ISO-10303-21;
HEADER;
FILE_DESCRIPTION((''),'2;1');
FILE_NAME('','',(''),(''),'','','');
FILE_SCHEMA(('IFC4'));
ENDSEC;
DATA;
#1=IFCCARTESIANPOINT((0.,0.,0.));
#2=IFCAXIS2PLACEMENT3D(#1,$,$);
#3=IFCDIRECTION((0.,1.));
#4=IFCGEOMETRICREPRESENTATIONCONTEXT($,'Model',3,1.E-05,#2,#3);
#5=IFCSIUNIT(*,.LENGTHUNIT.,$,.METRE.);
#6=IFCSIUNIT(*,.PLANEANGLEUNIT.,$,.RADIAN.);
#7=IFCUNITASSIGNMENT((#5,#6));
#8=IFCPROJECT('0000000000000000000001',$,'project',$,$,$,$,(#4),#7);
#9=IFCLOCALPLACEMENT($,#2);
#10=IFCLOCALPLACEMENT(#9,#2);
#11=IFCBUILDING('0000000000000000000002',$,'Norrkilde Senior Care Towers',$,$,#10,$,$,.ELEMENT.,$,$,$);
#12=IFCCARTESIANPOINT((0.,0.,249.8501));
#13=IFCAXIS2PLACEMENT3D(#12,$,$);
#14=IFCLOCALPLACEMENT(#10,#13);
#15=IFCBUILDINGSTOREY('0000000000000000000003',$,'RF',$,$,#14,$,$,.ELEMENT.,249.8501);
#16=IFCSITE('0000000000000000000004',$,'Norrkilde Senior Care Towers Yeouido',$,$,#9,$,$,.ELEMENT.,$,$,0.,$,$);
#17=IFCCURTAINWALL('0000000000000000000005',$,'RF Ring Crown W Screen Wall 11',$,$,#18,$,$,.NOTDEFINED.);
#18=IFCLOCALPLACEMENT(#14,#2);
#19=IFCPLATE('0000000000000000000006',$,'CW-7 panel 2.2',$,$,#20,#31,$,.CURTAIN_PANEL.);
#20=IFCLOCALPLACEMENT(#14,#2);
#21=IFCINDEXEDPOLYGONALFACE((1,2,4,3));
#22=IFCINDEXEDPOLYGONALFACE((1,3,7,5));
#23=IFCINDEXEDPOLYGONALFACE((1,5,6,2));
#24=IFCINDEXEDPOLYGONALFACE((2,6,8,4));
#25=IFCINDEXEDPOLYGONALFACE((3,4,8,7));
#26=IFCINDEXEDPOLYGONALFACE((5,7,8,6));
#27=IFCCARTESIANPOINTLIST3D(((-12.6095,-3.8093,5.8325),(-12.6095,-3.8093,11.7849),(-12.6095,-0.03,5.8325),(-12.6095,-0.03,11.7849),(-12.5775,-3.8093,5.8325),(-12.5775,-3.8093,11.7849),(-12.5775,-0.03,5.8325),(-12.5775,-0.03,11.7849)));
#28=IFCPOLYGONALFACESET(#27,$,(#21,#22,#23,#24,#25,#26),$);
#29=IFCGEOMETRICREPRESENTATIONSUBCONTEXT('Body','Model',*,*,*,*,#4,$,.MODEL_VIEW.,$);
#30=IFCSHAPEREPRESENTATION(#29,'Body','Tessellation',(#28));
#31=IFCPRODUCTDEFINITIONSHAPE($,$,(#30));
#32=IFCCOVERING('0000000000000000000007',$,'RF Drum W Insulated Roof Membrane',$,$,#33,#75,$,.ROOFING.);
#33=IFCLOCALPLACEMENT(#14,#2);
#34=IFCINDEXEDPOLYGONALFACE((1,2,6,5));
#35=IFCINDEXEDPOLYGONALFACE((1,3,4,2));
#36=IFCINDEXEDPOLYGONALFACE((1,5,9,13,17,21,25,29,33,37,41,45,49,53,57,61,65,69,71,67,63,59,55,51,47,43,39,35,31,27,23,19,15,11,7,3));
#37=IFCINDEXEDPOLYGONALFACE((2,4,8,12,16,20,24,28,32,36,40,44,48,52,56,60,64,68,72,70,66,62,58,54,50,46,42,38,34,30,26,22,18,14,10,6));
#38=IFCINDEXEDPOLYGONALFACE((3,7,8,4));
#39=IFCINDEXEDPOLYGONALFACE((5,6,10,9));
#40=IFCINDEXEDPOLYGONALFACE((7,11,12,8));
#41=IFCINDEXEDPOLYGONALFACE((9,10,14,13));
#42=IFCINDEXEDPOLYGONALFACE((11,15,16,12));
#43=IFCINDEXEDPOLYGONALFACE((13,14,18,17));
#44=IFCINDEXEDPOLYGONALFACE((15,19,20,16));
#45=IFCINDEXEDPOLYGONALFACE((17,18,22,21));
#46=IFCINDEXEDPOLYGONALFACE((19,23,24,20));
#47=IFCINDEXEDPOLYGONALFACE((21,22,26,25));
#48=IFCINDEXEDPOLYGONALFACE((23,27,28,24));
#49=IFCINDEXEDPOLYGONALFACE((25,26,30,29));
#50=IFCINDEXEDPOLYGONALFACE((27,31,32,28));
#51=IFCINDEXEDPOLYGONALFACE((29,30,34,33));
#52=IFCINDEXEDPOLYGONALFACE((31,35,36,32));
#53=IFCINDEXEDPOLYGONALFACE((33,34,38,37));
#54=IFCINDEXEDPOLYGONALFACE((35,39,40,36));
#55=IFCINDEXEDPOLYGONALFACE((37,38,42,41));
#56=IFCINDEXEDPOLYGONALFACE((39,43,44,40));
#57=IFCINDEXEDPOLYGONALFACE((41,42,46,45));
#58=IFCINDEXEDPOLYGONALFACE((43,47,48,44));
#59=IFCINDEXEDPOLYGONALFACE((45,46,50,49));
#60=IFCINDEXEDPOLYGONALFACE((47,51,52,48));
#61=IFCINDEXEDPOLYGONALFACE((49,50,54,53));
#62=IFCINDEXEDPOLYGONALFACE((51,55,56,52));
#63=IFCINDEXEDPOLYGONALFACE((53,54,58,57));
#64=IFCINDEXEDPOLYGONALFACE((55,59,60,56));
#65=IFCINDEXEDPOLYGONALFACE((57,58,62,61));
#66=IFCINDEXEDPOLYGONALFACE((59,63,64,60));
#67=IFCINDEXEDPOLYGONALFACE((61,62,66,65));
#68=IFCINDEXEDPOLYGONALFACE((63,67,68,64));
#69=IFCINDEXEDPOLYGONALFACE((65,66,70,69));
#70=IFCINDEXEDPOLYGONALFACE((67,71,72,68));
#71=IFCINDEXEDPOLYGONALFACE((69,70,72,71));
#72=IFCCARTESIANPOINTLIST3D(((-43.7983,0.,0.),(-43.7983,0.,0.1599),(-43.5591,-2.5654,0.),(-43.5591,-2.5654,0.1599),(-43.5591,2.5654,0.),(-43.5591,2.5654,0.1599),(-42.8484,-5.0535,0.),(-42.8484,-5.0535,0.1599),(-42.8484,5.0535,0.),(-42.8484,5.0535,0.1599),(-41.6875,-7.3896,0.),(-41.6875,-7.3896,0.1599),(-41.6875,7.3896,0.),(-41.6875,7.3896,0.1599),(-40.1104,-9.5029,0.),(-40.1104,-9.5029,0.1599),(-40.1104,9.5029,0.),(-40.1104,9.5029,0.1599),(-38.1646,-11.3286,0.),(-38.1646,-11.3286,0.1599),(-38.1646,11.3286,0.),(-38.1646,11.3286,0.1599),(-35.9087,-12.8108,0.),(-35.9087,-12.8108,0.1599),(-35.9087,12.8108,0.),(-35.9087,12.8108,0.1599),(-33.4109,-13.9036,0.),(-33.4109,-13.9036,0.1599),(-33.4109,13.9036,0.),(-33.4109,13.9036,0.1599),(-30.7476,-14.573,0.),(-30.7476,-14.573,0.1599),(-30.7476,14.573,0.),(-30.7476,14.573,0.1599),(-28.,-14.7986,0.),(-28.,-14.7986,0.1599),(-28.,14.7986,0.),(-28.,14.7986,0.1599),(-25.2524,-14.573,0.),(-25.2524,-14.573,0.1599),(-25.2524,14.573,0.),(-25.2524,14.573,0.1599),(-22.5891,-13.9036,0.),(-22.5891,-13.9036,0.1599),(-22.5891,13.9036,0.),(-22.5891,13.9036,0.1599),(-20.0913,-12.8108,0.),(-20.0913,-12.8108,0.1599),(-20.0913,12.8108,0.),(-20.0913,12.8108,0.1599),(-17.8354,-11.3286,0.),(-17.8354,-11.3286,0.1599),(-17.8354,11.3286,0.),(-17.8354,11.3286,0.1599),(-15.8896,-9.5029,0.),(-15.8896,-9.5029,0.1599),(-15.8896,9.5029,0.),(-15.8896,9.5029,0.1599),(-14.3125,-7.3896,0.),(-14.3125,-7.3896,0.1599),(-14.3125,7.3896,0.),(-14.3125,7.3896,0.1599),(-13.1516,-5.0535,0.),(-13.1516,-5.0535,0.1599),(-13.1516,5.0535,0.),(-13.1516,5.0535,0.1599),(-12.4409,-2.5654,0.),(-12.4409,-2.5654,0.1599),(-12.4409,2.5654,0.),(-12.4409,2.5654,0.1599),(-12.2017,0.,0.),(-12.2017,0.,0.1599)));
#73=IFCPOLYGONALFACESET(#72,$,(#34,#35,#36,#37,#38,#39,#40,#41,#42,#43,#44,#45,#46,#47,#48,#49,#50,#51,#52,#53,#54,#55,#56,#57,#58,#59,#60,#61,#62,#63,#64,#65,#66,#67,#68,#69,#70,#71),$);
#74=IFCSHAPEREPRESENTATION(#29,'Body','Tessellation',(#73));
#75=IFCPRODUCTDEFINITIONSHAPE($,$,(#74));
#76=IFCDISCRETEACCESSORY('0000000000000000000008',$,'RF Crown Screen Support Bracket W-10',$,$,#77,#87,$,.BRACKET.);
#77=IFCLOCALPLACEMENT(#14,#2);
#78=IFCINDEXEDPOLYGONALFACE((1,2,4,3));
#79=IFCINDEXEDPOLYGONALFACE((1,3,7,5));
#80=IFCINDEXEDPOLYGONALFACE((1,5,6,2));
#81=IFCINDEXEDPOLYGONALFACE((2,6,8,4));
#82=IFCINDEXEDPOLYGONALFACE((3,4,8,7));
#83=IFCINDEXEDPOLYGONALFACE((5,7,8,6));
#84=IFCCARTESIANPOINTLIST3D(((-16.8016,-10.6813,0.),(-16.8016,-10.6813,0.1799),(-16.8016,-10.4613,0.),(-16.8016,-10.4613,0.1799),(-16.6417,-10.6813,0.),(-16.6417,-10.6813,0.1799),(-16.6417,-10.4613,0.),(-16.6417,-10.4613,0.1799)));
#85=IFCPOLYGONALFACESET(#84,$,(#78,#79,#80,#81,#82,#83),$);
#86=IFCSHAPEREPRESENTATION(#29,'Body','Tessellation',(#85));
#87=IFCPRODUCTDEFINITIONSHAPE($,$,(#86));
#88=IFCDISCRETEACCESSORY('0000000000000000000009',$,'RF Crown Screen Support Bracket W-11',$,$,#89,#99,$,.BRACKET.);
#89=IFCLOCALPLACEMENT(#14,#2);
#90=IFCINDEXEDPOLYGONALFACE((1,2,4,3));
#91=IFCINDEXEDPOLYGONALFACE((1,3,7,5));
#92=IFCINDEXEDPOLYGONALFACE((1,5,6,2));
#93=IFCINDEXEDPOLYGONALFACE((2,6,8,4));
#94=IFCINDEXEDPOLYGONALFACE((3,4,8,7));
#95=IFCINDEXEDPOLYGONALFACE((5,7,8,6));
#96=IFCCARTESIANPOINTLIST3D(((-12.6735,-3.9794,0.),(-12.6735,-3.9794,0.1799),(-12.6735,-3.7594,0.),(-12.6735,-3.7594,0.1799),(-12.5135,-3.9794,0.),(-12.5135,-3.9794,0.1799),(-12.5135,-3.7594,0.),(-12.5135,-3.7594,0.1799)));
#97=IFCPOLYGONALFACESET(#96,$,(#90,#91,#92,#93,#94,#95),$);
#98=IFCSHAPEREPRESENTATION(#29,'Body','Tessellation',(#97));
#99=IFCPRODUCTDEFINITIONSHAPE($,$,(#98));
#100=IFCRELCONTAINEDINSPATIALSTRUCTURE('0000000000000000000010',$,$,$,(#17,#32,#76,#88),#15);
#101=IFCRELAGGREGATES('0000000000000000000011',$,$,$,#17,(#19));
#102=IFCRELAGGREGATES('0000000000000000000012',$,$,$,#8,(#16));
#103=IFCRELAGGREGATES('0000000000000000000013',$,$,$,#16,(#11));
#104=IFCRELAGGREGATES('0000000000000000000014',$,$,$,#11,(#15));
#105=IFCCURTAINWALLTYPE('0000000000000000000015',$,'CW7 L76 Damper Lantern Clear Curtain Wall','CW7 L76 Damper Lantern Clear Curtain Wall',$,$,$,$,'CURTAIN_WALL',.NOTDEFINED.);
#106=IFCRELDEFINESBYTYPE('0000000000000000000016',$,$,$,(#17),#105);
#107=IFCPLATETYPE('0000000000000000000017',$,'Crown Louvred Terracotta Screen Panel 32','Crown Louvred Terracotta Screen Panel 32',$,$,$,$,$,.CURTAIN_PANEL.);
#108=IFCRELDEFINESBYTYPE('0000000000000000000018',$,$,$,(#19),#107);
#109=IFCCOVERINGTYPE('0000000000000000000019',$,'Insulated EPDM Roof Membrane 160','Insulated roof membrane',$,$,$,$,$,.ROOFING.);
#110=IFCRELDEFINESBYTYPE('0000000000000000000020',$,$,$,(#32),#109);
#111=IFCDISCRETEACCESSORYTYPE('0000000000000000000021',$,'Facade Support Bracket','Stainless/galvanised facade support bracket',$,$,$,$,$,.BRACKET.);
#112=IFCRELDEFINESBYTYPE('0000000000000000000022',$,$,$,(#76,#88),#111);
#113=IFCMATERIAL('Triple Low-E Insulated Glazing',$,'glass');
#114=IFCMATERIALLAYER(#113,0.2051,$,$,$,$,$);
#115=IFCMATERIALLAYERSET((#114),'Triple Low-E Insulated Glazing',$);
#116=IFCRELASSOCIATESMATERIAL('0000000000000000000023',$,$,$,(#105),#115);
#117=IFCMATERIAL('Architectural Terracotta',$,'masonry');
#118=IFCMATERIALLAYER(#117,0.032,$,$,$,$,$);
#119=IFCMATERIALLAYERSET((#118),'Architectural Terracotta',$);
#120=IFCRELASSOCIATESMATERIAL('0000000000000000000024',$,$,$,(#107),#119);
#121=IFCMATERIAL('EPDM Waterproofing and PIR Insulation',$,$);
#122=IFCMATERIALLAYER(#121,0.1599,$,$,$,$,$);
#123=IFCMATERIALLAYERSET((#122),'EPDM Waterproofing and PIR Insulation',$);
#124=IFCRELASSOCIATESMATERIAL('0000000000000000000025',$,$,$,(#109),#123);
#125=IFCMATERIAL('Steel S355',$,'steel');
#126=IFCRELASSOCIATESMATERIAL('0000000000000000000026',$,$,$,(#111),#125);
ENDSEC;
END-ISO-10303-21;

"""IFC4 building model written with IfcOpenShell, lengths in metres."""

from ifc_helpers import new_model, si_unit, direction, frame, origin, origin_2d, place, context, subcontext, project, spatial, polyline, rectangle, outline, extrude, source, transform, mapped, material, layer, layer_set, type_object, type_shapes, element, aggregate, save


model = new_model("IFC4")

# Units and contexts
model_context = context("Model", 3, precision=1e-05, world=origin(), true_north=direction((0.0, 1.0)))
body_context = subcontext(model_context, "Body", "Model", "MODEL_VIEW")
ifc_project = project(units=[si_unit("LENGTHUNIT", "METRE"), si_unit("PLANEANGLEUNIT", "RADIAN")], contexts=[model_context])

# Site, building, storey
site_placement = place(None, origin())
site = spatial("IfcSite", under=ifc_project, at=site_placement, Name="Norrkilde Senior Care Towers Yeouido", CompositionType="ELEMENT", RefElevation=0.0)
building_placement = place(site_placement, origin())
building = spatial("IfcBuilding", under=site, at=building_placement, Name="Norrkilde Senior Care Towers", CompositionType="ELEMENT")
storey_placement = place(building_placement, frame((0.0, 0.0, 249.8501)))
storey = spatial("IfcBuildingStorey", under=building, at=storey_placement, Name="RF", CompositionType="ELEMENT", Elevation=249.8501)

# Shared definitions
ifc_material_1 = material(Name="Steel S355", Category="steel")

# Curtain wall
ifc_material_2 = material(Name="Triple Low-E Insulated Glazing", Category="glass")
ifc_layer_1 = layer(ifc_material_2, 0.2051)
ifc_layer_set_1 = layer_set([ifc_layer_1], Name="Triple Low-E Insulated Glazing")
curtain_wall_type = type_object("IfcCurtainWallType", Name="CW7 L76 Damper Lantern Clear Curtain Wall", Description="CW7 L76 Damper Lantern Clear Curtain Wall", ElementType="CURTAIN_WALL", PredefinedType="NOTDEFINED", material=ifc_layer_set_1)
curtain_wall_1_placement = place(storey_placement, origin())
curtain_wall_1 = element("IfcCurtainWall", 1, at=curtain_wall_1_placement, inside=storey, type_object=curtain_wall_type, Name="RF Ring Crown W Screen Wall 11", PredefinedType="NOTDEFINED")

# Plate
ifc_material_3 = material(Name="Architectural Terracotta", Category="masonry")
ifc_layer_2 = layer(ifc_material_3, 0.032)
ifc_layer_set_2 = layer_set([ifc_layer_2], Name="Architectural Terracotta")
plate_type = type_object("IfcPlateType", Name="Crown Louvred Terracotta Screen Panel 32", Description="Crown Louvred Terracotta Screen Panel 32", PredefinedType="CURTAIN_PANEL", material=ifc_layer_set_2)
shared_shape_1 = source(origin(), body_context, "Body", "SweptSolid", [
    extrude(rectangle(XDim=3.7793, YDim=0.032, at=origin_2d()), origin(), (0.0, 0.0, 1.0), 5.9524),
])
plate_1_placement = place(storey_placement, frame((-12.5935, -1.9197, 5.8325), z_axis=(0.0, 0.0, 1.0), x_axis=(0.0, -1.0, 0.0)))
plate_1 = element("IfcPlate", 2, at=plate_1_placement, type_object=plate_type, Name="CW-7 panel 2.2", PredefinedType="CURTAIN_PANEL", context=body_context, shape_type="MappedRepresentation", body=[
    mapped(shared_shape_1, transform((0.0, 0.0, 0.0), x_axis=(1.0, 0.0, 0.0), y_axis=(0.0, 1.0, 0.0), z_axis=(0.0, 0.0, 1.0), scale=1.0)),
])
aggregate(curtain_wall_1, [plate_1])

# Covering
ifc_material_4 = material(Name="EPDM Waterproofing and PIR Insulation")
ifc_layer_3 = layer(ifc_material_4, 0.1599)
ifc_layer_set_3 = layer_set([ifc_layer_3], Name="EPDM Waterproofing and PIR Insulation")
covering_type = type_object("IfcCoveringType", Name="Insulated EPDM Roof Membrane 160", Description="Insulated roof membrane", PredefinedType="ROOFING", material=ifc_layer_set_3)
covering_placement = place(storey_placement, origin())
element("IfcCovering", 3, at=covering_placement, inside=storey, type_object=covering_type, Name="RF Drum W Insulated Roof Membrane", PredefinedType="ROOFING", context=body_context, shape_type="SweptSolid", body=[
    extrude(outline(polyline([(-12.2017, 0.0), (-12.4409, -2.5654), (-13.1516, -5.0535), (-14.3125, -7.3896), (-15.8896, -9.5029), (-17.8354, -11.3286), (-20.0913, -12.8108), (-22.5891, -13.9036), (-25.2524, -14.573), (-28.0, -14.7986), (-30.7476, -14.573), (-33.4109, -13.9036), (-35.9087, -12.8108), (-38.1646, -11.3286), (-40.1104, -9.5029), (-41.6875, -7.3896), (-42.8484, -5.0535), (-43.5591, -2.5654), (-43.7983, 0.0), (-43.5591, 2.5654), (-42.8484, 5.0535), (-41.6875, 7.3896), (-40.1104, 9.5029), (-38.1646, 11.3286), (-35.9087, 12.8108), (-33.4109, 13.9036), (-30.7476, 14.573), (-28.0, 14.7986), (-25.2524, 14.573), (-22.5891, 13.9036), (-20.0913, 12.8108), (-17.8354, 11.3286), (-15.8896, 9.5029), (-14.3125, 7.3896), (-13.1516, 5.0535), (-12.4409, 2.5654), (-12.2017, 0.0)])), origin(), (0.0, 0.0, 1.0), 0.1599),
])

# Discrete accessories
discrete_accessory_type = type_object("IfcDiscreteAccessoryType", Name="Facade Support Bracket", Description="Stainless/galvanised facade support bracket", PredefinedType="BRACKET", material=ifc_material_1)
shared_shape_2 = source(origin(), body_context, "Body", "SweptSolid", [
    extrude(rectangle(XDim=0.1599, YDim=0.22, at=origin_2d()), origin(), (0.0, 0.0, 1.0), 0.1799),
])
type_shapes(discrete_accessory_type, [shared_shape_2])
for number, where, z_axis, x_axis, name in (
    (4, (-16.7217, -10.5713, 0.0), (0.0, 0.0, 1.0), (1.0, 0.0, 0.0), "RF Crown Screen Support Bracket W-10"),
    (5, (-12.5935, -3.8694, 0.0), (0.0, 0.0, 1.0), (1.0, 0.0, 0.0), "RF Crown Screen Support Bracket W-11"),
):
    element("IfcDiscreteAccessory", number, at=place(storey_placement, frame(where, z_axis=z_axis, x_axis=x_axis)), inside=storey, type_object=discrete_accessory_type, Name=name, PredefinedType="BRACKET", context=body_context, shape_type="MappedRepresentation", body=[
        mapped(shared_shape_2, transform((0.0, 0.0, 0.0), x_axis=(1.0, 0.0, 0.0), y_axis=(0.0, 1.0, 0.0), z_axis=(0.0, 0.0, 1.0), scale=1.0)),
    ])

save(model, "model.ifc")
